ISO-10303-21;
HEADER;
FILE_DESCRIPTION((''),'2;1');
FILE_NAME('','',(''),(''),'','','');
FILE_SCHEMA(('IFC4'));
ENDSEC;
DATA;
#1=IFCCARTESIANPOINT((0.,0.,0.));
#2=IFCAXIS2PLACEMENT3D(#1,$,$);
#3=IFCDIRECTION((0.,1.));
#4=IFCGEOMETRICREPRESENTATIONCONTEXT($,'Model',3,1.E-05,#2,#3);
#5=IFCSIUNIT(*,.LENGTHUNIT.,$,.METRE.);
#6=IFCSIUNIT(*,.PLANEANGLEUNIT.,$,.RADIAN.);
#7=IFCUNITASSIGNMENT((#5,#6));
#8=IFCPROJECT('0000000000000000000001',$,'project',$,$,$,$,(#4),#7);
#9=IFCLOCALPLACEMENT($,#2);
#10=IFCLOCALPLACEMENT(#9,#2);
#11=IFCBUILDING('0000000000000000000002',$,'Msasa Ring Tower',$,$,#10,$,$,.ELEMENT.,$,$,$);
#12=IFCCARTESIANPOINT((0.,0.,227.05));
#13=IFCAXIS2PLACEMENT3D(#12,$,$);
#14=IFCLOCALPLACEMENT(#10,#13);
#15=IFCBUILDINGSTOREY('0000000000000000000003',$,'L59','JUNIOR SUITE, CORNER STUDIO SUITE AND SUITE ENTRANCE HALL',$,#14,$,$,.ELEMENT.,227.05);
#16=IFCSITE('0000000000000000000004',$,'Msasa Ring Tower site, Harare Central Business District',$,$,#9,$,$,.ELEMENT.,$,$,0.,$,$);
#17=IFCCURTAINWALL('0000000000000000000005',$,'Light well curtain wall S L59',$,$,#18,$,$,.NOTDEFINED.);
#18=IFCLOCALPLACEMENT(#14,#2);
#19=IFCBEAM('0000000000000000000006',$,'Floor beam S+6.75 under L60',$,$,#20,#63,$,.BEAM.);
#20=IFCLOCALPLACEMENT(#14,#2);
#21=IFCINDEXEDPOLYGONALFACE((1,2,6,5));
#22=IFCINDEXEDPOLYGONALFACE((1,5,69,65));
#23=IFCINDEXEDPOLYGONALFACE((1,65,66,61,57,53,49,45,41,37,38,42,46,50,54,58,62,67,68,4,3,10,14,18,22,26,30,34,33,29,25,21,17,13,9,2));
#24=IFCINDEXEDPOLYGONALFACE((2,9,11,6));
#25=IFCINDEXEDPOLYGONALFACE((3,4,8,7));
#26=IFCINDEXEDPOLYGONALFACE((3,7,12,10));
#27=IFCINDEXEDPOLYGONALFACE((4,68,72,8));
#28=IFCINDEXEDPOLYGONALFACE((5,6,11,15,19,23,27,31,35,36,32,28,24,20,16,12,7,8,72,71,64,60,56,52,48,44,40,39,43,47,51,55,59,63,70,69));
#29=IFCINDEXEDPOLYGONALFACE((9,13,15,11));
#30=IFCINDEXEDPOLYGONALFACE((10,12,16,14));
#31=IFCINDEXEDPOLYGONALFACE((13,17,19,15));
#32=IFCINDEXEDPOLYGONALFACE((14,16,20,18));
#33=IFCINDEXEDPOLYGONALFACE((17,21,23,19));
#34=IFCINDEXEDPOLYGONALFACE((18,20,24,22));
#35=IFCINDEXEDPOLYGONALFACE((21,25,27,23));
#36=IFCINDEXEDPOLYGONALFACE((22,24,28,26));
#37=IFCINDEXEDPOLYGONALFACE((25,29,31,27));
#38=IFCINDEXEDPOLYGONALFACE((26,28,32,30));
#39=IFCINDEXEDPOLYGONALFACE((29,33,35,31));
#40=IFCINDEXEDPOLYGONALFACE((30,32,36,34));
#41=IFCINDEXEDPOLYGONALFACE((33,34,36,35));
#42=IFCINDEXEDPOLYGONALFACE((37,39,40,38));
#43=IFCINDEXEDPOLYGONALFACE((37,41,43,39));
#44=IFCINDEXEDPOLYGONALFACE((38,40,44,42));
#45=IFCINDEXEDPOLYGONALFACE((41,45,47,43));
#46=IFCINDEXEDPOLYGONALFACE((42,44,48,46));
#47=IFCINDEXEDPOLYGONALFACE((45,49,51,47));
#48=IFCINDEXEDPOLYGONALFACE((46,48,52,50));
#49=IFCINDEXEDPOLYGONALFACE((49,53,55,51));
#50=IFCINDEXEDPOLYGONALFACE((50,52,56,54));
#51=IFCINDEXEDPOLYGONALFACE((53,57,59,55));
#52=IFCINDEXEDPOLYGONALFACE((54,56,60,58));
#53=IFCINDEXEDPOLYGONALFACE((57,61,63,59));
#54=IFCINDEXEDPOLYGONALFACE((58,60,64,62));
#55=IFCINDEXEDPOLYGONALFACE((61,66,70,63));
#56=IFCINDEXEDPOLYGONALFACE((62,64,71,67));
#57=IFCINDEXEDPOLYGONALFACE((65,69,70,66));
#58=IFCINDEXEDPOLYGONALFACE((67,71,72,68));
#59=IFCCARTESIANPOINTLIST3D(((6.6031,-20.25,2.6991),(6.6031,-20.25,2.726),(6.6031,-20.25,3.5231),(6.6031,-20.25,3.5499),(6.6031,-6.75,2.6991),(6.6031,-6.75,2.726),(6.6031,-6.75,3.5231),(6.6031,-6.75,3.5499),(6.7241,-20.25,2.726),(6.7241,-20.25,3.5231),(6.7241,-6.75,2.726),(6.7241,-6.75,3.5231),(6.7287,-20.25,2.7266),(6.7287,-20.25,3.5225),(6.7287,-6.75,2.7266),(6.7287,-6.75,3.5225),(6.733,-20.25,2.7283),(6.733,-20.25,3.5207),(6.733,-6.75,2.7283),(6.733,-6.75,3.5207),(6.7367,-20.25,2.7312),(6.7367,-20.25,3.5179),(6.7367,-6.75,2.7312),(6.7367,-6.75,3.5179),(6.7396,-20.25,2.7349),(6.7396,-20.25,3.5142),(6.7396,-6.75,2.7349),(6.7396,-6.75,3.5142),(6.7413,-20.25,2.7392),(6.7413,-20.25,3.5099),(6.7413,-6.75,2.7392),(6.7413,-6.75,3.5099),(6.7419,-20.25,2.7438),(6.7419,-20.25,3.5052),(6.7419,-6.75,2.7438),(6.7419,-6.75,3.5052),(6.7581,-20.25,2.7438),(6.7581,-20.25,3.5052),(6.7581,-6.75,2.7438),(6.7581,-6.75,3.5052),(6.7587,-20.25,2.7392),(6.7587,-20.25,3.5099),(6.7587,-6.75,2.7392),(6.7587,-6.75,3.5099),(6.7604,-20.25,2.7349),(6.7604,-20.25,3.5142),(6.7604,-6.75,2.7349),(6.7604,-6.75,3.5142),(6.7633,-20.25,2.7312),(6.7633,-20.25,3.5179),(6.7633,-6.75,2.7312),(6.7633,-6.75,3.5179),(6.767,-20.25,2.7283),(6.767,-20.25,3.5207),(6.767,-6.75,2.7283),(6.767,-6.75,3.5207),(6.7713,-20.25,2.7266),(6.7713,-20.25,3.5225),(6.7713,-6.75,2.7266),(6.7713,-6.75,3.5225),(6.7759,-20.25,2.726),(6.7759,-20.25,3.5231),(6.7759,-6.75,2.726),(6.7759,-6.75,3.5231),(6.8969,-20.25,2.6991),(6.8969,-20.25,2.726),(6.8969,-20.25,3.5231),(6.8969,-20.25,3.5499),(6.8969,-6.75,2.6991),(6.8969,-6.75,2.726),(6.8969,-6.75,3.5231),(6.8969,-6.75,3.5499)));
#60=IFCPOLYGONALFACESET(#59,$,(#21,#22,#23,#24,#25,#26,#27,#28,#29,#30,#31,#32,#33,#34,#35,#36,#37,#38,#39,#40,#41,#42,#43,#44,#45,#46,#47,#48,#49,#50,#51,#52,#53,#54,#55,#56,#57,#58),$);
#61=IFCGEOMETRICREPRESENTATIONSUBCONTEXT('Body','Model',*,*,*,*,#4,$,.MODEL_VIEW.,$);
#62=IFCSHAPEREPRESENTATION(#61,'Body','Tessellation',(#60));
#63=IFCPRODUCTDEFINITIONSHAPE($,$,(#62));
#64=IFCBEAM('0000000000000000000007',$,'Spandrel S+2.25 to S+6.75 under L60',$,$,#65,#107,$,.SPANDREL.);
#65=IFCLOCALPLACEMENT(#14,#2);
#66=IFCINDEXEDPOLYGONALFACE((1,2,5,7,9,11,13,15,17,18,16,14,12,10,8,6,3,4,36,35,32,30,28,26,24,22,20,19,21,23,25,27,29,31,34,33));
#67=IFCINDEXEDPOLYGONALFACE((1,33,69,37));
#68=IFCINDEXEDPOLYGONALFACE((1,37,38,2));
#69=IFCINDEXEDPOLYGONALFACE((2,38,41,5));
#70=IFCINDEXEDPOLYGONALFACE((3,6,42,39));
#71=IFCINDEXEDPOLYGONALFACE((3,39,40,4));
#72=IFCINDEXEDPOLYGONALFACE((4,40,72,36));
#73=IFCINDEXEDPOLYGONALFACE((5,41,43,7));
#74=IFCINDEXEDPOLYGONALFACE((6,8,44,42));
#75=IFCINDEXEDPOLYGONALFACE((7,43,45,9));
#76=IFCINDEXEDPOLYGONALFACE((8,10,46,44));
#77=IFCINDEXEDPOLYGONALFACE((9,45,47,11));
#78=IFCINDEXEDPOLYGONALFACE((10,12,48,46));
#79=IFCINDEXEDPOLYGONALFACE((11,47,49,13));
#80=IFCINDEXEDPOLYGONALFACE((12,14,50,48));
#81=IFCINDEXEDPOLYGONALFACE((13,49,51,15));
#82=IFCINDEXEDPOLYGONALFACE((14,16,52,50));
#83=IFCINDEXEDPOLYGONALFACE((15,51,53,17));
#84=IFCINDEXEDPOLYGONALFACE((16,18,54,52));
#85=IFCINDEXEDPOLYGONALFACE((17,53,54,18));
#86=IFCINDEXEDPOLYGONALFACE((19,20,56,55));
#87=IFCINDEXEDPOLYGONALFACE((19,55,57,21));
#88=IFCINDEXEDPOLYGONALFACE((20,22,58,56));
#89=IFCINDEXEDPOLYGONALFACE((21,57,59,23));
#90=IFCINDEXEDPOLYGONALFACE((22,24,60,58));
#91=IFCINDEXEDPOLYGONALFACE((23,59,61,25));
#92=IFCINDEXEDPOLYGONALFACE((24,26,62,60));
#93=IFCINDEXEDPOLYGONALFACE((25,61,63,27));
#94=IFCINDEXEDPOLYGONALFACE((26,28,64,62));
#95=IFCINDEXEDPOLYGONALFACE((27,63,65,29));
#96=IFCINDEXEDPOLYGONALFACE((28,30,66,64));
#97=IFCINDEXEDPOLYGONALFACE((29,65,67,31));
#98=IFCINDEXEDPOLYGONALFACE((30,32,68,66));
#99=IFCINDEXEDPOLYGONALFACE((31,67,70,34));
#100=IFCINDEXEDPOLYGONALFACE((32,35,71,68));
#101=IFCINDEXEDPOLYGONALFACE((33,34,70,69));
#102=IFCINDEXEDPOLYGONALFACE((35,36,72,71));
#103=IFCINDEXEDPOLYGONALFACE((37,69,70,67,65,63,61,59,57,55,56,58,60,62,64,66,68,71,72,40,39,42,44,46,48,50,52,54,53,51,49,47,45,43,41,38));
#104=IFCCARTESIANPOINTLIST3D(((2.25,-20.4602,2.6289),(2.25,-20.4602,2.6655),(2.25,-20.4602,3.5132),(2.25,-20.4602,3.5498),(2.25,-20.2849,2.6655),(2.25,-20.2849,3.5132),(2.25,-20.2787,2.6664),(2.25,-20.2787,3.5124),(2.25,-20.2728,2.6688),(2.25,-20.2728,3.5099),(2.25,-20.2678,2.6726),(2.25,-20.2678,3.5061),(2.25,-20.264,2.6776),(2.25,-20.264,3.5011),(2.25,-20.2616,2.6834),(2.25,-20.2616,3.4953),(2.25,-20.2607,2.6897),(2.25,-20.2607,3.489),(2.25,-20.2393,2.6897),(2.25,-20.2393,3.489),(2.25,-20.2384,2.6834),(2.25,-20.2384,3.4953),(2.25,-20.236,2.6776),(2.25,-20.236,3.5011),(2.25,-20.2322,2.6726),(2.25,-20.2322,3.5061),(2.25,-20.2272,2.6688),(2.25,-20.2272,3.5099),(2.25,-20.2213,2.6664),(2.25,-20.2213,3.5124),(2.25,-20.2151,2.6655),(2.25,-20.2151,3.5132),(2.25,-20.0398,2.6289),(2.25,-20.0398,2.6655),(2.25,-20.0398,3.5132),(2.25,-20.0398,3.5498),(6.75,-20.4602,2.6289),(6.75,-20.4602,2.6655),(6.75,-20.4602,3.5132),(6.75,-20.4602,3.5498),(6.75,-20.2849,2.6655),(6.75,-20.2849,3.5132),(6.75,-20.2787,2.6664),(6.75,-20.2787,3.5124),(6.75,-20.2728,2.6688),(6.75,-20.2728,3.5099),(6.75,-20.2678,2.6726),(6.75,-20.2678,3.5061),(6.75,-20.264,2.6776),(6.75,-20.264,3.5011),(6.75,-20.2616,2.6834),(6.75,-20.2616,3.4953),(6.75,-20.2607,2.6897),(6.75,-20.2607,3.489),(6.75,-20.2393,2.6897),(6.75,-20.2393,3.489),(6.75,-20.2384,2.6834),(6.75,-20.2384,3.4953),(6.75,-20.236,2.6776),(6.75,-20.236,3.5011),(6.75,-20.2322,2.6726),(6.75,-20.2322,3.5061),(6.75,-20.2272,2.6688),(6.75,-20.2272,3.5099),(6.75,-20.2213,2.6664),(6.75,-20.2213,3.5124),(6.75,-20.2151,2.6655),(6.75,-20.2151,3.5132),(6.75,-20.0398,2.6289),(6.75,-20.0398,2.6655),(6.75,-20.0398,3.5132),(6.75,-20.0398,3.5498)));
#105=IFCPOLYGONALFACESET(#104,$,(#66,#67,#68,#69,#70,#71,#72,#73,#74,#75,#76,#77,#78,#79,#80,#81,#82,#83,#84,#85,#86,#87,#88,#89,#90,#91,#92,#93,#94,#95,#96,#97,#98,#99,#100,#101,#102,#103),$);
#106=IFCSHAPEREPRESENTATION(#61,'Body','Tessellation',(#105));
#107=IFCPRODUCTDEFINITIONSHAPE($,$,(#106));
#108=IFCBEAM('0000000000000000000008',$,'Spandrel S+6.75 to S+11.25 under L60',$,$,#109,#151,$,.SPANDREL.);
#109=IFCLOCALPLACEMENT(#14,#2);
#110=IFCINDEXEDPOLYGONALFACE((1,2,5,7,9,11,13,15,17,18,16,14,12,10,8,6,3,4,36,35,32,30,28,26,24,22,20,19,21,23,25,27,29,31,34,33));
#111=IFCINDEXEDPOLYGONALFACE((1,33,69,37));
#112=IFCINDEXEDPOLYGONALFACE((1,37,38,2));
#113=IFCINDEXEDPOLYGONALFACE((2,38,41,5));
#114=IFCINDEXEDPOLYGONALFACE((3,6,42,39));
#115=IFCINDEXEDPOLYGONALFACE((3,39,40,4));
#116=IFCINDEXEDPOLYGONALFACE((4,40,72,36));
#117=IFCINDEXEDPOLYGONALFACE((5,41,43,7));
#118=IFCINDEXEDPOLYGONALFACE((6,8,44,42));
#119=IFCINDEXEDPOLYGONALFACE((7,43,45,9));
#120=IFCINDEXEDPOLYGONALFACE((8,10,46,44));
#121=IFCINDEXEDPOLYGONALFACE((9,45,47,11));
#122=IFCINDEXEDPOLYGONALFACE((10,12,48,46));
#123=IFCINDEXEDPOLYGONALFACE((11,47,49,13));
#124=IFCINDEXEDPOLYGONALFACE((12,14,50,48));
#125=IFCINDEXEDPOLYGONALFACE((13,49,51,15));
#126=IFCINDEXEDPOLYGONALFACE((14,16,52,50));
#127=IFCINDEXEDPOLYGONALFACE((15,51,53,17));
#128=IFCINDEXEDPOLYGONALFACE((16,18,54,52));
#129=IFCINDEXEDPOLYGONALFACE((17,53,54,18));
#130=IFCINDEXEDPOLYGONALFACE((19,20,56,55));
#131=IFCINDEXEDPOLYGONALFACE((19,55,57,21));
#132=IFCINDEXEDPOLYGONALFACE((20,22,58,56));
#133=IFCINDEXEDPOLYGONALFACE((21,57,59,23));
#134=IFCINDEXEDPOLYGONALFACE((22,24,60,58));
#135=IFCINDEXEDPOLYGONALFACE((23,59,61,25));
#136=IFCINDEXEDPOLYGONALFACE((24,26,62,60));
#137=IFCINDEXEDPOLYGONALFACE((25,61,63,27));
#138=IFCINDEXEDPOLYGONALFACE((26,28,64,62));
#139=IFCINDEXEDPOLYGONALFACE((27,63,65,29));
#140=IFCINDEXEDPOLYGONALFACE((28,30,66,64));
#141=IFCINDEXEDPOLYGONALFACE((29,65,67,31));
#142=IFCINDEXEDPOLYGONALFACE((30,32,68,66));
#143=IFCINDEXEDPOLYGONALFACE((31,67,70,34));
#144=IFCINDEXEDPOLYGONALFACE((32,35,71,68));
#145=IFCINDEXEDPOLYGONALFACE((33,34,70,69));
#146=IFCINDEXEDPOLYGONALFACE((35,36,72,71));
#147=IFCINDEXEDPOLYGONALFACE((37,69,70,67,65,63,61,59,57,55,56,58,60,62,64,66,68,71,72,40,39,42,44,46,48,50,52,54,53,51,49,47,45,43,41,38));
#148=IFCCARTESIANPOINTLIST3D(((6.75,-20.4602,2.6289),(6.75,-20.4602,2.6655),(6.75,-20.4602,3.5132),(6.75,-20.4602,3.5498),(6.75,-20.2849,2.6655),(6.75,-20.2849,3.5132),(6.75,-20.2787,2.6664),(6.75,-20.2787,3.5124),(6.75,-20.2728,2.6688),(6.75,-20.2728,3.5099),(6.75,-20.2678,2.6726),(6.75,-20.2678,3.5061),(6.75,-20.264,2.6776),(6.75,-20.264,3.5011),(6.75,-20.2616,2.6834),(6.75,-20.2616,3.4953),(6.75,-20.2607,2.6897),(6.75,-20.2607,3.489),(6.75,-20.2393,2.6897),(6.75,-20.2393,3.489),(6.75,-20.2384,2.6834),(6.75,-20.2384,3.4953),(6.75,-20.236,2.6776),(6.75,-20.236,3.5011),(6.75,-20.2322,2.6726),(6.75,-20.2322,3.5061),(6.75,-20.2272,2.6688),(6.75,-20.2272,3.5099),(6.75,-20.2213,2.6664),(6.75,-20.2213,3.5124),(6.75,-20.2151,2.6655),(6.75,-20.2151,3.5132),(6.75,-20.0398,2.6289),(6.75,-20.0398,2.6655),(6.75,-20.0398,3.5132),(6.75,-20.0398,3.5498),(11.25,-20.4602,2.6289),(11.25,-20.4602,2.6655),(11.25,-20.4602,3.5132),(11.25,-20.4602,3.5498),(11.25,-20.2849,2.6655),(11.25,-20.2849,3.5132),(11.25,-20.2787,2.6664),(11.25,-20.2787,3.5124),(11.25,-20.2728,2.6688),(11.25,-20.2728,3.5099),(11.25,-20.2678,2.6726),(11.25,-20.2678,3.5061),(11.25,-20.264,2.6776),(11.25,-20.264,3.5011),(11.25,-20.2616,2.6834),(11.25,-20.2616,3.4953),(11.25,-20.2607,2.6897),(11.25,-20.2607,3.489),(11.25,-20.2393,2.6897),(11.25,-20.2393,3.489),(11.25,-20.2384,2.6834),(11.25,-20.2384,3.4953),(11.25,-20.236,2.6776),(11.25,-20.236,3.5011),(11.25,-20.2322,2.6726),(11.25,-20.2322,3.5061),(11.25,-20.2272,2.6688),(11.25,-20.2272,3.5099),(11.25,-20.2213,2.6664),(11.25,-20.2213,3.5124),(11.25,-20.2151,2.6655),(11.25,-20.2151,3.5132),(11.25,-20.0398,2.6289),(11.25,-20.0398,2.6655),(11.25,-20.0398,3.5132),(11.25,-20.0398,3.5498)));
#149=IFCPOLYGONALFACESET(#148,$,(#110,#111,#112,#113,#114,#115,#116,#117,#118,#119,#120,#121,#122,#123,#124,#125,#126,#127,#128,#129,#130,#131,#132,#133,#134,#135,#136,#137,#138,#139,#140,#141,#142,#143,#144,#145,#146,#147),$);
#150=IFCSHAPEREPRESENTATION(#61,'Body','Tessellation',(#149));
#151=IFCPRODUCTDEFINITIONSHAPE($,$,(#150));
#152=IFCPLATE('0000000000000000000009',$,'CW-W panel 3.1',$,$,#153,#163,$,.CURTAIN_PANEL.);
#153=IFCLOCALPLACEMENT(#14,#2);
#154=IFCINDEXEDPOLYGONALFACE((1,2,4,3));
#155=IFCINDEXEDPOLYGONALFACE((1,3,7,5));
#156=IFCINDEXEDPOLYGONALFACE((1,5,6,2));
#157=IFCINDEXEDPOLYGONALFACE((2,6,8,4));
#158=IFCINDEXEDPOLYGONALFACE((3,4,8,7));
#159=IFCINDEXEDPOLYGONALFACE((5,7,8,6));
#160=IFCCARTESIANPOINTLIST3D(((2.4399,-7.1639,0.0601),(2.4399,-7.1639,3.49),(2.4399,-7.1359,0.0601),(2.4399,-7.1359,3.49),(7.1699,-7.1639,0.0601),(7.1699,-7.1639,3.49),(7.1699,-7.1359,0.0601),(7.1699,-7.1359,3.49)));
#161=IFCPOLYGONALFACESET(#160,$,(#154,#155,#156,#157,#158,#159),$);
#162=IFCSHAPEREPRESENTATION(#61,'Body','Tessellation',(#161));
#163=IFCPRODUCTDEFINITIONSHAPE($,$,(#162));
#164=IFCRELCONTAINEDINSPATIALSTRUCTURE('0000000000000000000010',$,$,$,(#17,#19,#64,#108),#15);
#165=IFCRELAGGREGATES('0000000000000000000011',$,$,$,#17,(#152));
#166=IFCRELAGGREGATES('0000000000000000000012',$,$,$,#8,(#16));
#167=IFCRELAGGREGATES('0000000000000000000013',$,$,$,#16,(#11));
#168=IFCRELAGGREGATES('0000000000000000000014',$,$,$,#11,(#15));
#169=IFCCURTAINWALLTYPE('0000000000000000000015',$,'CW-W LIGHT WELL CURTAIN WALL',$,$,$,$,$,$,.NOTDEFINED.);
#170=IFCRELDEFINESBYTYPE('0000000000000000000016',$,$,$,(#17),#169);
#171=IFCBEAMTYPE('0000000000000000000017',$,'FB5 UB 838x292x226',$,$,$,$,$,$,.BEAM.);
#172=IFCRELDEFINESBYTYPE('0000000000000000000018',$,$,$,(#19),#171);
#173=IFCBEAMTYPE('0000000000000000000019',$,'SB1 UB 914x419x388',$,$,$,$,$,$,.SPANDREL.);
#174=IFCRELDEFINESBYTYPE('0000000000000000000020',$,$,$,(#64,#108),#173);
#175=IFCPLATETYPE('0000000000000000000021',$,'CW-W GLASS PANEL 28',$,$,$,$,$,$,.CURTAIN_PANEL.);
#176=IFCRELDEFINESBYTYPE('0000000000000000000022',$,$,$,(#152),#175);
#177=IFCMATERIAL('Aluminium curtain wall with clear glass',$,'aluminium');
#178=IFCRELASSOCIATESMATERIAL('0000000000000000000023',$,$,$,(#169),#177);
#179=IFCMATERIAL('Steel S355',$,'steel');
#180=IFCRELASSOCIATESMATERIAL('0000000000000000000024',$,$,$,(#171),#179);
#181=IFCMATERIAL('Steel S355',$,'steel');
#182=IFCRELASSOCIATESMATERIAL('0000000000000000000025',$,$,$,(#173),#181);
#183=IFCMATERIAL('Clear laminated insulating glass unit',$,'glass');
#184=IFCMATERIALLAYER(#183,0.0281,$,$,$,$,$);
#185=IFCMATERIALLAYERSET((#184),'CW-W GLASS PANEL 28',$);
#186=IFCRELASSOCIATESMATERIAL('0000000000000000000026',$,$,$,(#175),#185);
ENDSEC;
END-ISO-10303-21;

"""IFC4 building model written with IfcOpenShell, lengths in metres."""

from ifc_helpers import new_model, si_unit, direction, frame, origin, origin_2d, place, context, subcontext, project, spatial, rectangle, i_section, extrude, material, layer, layer_set, material_profile, profile_set, type_object, element, aggregate, save


model = new_model("IFC4")

# Units and contexts
model_context = context("Model", 3, precision=1e-05, world=origin(), true_north=direction((0.0, 1.0)))
body_context = subcontext(model_context, "Body", "Model", "MODEL_VIEW")
ifc_project = project(units=[si_unit("LENGTHUNIT", "METRE"), si_unit("PLANEANGLEUNIT", "RADIAN")], contexts=[model_context])

# Site, building, storey
site_placement = place(None, origin())
site = spatial("IfcSite", under=ifc_project, at=site_placement, Name="Msasa Ring Tower site, Harare Central Business District", CompositionType="ELEMENT", RefElevation=0.0)
building_placement = place(site_placement, origin())
building = spatial("IfcBuilding", under=site, at=building_placement, Name="Msasa Ring Tower", CompositionType="ELEMENT")
storey_placement = place(building_placement, frame((0.0, 0.0, 227.05)))
storey = spatial("IfcBuildingStorey", under=building, at=storey_placement, Name="L59", Description="JUNIOR SUITE, CORNER STUDIO SUITE AND SUITE ENTRANCE HALL", CompositionType="ELEMENT", Elevation=227.05)

# Curtain wall
ifc_material_1 = material(Name="Aluminium curtain wall with clear glass", Category="aluminium")
curtain_wall_type = type_object("IfcCurtainWallType", Name="CW-W LIGHT WELL CURTAIN WALL", PredefinedType="NOTDEFINED", material=ifc_material_1)
curtain_wall_1_placement = place(storey_placement, origin())
curtain_wall_1 = element("IfcCurtainWall", 1, at=curtain_wall_1_placement, inside=storey, type_object=curtain_wall_type, Name="Light well curtain wall S L59", PredefinedType="NOTDEFINED")

# Beams
ifc_material_2 = material(Name="Steel S355", Category="steel")
ifc_material_profile_1 = material_profile(ifc_material_2, i_section(OverallWidth=0.2937, OverallDepth=0.8508, WebThickness=0.0161, FlangeThickness=0.0269, FilletRadius=0.0178, at=origin_2d()), Name="UB 838x292x226")
ifc_profile_set_1 = profile_set([ifc_material_profile_1], Name="Steel S355")
beam_type_1 = type_object("IfcBeamType", Name="FB5 UB 838x292x226", PredefinedType="BEAM", material=ifc_profile_set_1)
for number, where, z_axis, x_axis, name in (
    (2, (6.75, -20.25, 3.1245), (0.0, 1.0, 0.0), (-1.0, 0.0, 0.0), "Floor beam S+6.75 under L60"),
):
    element("IfcBeam", number, at=place(storey_placement, frame(where, z_axis=z_axis, x_axis=x_axis)), inside=storey, type_object=beam_type_1, Name=name, PredefinedType="BEAM", context=body_context, shape_type="SweptSolid", body=[
        extrude(i_section(OverallWidth=0.2937, OverallDepth=0.8508, WebThickness=0.0161, FlangeThickness=0.0269, FilletRadius=0.0178, at=origin_2d()), origin(), (0.0, 0.0, 1.0), 13.5),
    ])
ifc_material_3 = material(Name="Steel S355", Category="steel")
ifc_material_profile_2 = material_profile(ifc_material_3, i_section(OverallWidth=0.4204, OverallDepth=0.9209, WebThickness=0.0215, FlangeThickness=0.0366, FilletRadius=0.0242, at=origin_2d()), Name="UB 914x419x388")
ifc_profile_set_2 = profile_set([ifc_material_profile_2], Name="Steel S355")
beam_type_2 = type_object("IfcBeamType", Name="SB1 UB 914x419x388", PredefinedType="SPANDREL", material=ifc_profile_set_2)
for number, where, z_axis, x_axis, name in (
    (3, (2.25, -20.25, 3.0894), (1.0, 0.0, 0.0), (0.0, 1.0, 0.0), "Spandrel S+2.25 to S+6.75 under L60"),
    (4, (6.75, -20.25, 3.0894), (1.0, 0.0, 0.0), (0.0, 1.0, 0.0), "Spandrel S+6.75 to S+11.25 under L60"),
):
    element("IfcBeam", number, at=place(storey_placement, frame(where, z_axis=z_axis, x_axis=x_axis)), inside=storey, type_object=beam_type_2, Name=name, PredefinedType="SPANDREL", context=body_context, shape_type="SweptSolid", body=[
        extrude(i_section(OverallWidth=0.4204, OverallDepth=0.9209, WebThickness=0.0215, FlangeThickness=0.0366, FilletRadius=0.0242, at=origin_2d()), origin(), (0.0, 0.0, 1.0), 4.5),
    ])

# Plate
ifc_material_4 = material(Name="Clear laminated insulating glass unit", Category="glass")
ifc_layer_1 = layer(ifc_material_4, 0.0281)
ifc_layer_set_1 = layer_set([ifc_layer_1], Name="CW-W GLASS PANEL 28")
plate_type = type_object("IfcPlateType", Name="CW-W GLASS PANEL 28", PredefinedType="CURTAIN_PANEL", material=ifc_layer_set_1)
plate_placement = place(storey_placement, frame((4.8049, -7.1499, 0.0601), z_axis=(0.0, 0.0, 1.0), x_axis=(1.0, 0.0, 0.0)))
plate = element("IfcPlate", 5, at=plate_placement, type_object=plate_type, Name="CW-W panel 3.1", PredefinedType="CURTAIN_PANEL", context=body_context, shape_type="SweptSolid", body=[
    extrude(rectangle(XDim=4.73, YDim=0.0281, at=origin_2d()), origin(), (0.0, 0.0, 1.0), 3.4299),
])
aggregate(curtain_wall_1, [plate])

save(model, "model.ifc")
